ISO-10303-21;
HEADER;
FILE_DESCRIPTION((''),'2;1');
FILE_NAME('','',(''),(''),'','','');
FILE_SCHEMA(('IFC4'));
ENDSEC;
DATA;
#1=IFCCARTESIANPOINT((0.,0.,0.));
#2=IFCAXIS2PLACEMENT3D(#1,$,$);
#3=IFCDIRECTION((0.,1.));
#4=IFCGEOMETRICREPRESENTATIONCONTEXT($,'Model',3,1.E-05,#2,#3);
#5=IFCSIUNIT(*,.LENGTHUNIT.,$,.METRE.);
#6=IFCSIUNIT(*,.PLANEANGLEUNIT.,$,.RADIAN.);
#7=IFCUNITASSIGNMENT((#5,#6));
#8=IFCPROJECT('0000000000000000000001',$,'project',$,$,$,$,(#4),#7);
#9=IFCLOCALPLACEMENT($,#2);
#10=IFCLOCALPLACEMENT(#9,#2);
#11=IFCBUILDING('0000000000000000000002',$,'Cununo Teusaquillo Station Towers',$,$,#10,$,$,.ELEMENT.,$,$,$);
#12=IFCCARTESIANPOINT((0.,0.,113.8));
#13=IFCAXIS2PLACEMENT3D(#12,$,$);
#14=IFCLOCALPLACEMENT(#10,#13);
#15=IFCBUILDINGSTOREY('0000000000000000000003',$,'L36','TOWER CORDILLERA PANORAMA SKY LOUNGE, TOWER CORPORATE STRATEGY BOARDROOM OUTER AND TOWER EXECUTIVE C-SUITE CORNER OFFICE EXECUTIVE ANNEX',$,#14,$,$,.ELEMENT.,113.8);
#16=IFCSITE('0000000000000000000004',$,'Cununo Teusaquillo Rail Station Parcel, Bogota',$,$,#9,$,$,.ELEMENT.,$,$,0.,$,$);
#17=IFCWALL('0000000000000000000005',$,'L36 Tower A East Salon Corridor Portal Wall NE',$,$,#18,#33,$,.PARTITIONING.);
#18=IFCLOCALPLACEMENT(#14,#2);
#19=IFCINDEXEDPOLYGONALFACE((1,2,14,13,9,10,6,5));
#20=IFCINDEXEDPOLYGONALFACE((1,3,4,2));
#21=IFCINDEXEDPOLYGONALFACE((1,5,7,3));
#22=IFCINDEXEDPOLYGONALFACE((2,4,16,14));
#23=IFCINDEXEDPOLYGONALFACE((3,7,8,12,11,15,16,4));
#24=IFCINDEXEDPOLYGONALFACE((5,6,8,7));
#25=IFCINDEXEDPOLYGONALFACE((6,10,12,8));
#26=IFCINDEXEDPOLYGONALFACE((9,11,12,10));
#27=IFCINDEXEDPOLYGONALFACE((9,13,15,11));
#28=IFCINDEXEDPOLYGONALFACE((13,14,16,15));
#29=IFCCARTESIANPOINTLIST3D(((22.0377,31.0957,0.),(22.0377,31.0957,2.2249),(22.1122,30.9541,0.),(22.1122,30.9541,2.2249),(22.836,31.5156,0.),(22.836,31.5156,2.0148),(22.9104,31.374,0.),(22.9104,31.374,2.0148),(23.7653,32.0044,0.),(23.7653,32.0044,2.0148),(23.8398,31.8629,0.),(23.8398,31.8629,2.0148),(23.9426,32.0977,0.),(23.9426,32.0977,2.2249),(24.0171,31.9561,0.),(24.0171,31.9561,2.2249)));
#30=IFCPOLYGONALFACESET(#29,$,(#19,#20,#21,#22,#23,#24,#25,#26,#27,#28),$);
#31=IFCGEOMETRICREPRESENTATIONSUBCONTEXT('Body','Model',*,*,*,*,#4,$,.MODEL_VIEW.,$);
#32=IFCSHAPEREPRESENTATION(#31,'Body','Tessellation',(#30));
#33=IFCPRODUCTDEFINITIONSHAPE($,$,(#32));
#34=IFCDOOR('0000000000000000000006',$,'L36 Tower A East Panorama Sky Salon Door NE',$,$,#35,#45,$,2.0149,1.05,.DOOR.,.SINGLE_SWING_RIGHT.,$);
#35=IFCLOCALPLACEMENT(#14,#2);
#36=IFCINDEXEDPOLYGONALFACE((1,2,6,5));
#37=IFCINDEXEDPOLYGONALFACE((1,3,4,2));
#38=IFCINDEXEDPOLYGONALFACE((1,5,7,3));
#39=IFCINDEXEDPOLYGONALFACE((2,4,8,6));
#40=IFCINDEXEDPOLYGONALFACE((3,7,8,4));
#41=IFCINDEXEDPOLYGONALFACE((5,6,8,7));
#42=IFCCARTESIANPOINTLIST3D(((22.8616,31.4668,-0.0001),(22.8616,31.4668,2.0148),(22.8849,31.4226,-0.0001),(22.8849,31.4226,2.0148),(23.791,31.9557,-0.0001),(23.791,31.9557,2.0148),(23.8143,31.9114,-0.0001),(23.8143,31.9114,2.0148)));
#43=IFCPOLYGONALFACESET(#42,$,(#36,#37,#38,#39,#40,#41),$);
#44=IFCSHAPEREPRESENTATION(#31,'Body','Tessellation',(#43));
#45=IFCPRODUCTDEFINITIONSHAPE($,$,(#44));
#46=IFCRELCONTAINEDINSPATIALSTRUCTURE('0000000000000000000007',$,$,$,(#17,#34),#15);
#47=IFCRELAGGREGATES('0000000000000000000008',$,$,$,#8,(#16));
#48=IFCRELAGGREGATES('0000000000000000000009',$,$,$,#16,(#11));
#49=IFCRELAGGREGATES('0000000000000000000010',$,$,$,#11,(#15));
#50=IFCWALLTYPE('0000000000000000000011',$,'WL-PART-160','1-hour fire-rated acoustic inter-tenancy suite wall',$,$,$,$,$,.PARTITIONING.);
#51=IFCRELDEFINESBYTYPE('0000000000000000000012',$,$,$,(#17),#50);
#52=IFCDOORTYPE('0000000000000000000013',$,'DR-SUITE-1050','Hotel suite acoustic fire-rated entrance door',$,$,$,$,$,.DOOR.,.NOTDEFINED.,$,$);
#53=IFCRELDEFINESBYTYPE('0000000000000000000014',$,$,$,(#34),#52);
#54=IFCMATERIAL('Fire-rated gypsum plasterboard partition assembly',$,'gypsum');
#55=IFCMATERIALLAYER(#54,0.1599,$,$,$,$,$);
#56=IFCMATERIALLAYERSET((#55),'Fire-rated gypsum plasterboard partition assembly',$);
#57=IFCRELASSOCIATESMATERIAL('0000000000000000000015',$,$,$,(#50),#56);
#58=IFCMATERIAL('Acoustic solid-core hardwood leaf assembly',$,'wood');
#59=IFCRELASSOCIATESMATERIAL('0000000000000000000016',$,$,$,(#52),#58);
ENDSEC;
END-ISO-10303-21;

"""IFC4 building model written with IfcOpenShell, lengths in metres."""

from ifc_helpers import new_model, si_unit, direction, frame, frame_2d, origin, place, context, subcontext, project, spatial, rectangle, extrude, source, transform, mapped, material, layer, layer_set, type_object, element, fill, save


model = new_model("IFC4")

# Units and contexts
model_context = context("Model", 3, precision=1e-05, world=origin(), true_north=direction((0.0, 1.0)))
body_context = subcontext(model_context, "Body", "Model", "MODEL_VIEW")
ifc_project = project(units=[si_unit("LENGTHUNIT", "METRE"), si_unit("PLANEANGLEUNIT", "RADIAN")], contexts=[model_context])

# Site, building, storey
site_placement = place(None, origin())
site = spatial("IfcSite", under=ifc_project, at=site_placement, Name="Cununo Teusaquillo Rail Station Parcel, Bogota", CompositionType="ELEMENT", RefElevation=0.0)
building_placement = place(site_placement, origin())
building = spatial("IfcBuilding", under=site, at=building_placement, Name="Cununo Teusaquillo Station Towers", CompositionType="ELEMENT")
storey_placement = place(building_placement, frame((0.0, 0.0, 113.8)))
storey = spatial("IfcBuildingStorey", under=building, at=storey_placement, Name="L36", Description="TOWER CORDILLERA PANORAMA SKY LOUNGE, TOWER CORPORATE STRATEGY BOARDROOM OUTER AND TOWER EXECUTIVE C-SUITE CORNER OFFICE EXECUTIVE ANNEX", CompositionType="ELEMENT", Elevation=113.8)

# Wall, opening, door
ifc_material_1 = material(Name="Fire-rated gypsum plasterboard partition assembly", Category="gypsum")
ifc_layer_1 = layer(ifc_material_1, 0.1599)
ifc_layer_set_1 = layer_set([ifc_layer_1], Name="Fire-rated gypsum plasterboard partition assembly")
wall_type_1 = type_object("IfcWallType", Name="WL-PART-160", Description="1-hour fire-rated acoustic inter-tenancy suite wall", PredefinedType="PARTITIONING", material=ifc_layer_set_1)
wall_1_placement = place(storey_placement, frame((22.075, 31.0249, 0.0), z_axis=(0.0, 0.0, 1.0), x_axis=(0.885026, 0.465541, 0.0)))
wall_1 = element("IfcWall", 1, at=wall_1_placement, inside=storey, type_object=wall_type_1, Name="L36 Tower A East Salon Corridor Portal Wall NE", PredefinedType="PARTITIONING", context=body_context, shape_type="SweptSolid", body=[
    extrude(rectangle(XDim=2.1523, YDim=0.1599, at=frame_2d((1.0762, 0.0))), origin(), (0.0, 0.0, 1.0), 2.2249),
])
shared_shape_1 = source(origin(), body_context, "Body", "SweptSolid", [
    extrude(rectangle(XDim=1.05, YDim=2.0149, at=frame_2d((0.5249, 1.0073))), frame((0.0, 0.0898, 0.0), z_axis=(0.0, -1.0, 0.0), x_axis=(1.0, 0.0, 0.0)), (0.0, 0.0, 1.0), 0.1799),
])
opening_placement = place(wall_1_placement, frame((0.9021, 0.0, 0.0)))
opening = element("IfcOpeningElement", 2, at=opening_placement, cuts=wall_1, PredefinedType="OPENING", context=body_context, shape_type="MappedRepresentation", body=[
    mapped(shared_shape_1, transform((0.0, 0.0, 0.0), x_axis=(1.0, 0.0, 0.0), y_axis=(0.0, 1.0, 0.0), z_axis=(0.0, 0.0, 1.0), scale=1.0)),
])
ifc_material_2 = material(Name="Acoustic solid-core hardwood leaf assembly", Category="wood")
door_type = type_object("IfcDoorType", Name="DR-SUITE-1050", Description="Hotel suite acoustic fire-rated entrance door", OperationType="NOTDEFINED", PredefinedType="DOOR", material=ifc_material_2)
shared_shape_2 = source(origin(), body_context, "Body", "SweptSolid", [
    extrude(rectangle(XDim=1.05, YDim=2.0149, at=frame_2d((0.5249, 1.0073))), frame((0.0, 0.0249, 0.0), z_axis=(0.0, -1.0, 0.0), x_axis=(1.0, 0.0, 0.0)), (0.0, 0.0, 1.0), 0.05),
])
door_placement = place(opening_placement, origin())
door = element("IfcDoor", 3, at=door_placement, inside=storey, type_object=door_type, Name="L36 Tower A East Panorama Sky Salon Door NE", OperationType="SINGLE_SWING_RIGHT", OverallHeight=2.0149, OverallWidth=1.05, PredefinedType="DOOR", context=body_context, shape_type="MappedRepresentation", body=[
    mapped(shared_shape_2, transform((0.0, 0.0, 0.0), x_axis=(1.0, 0.0, 0.0), y_axis=(0.0, 1.0, 0.0), z_axis=(0.0, 0.0, 1.0), scale=1.0)),
])
fill(opening, door)

save(model, "model.ifc")
